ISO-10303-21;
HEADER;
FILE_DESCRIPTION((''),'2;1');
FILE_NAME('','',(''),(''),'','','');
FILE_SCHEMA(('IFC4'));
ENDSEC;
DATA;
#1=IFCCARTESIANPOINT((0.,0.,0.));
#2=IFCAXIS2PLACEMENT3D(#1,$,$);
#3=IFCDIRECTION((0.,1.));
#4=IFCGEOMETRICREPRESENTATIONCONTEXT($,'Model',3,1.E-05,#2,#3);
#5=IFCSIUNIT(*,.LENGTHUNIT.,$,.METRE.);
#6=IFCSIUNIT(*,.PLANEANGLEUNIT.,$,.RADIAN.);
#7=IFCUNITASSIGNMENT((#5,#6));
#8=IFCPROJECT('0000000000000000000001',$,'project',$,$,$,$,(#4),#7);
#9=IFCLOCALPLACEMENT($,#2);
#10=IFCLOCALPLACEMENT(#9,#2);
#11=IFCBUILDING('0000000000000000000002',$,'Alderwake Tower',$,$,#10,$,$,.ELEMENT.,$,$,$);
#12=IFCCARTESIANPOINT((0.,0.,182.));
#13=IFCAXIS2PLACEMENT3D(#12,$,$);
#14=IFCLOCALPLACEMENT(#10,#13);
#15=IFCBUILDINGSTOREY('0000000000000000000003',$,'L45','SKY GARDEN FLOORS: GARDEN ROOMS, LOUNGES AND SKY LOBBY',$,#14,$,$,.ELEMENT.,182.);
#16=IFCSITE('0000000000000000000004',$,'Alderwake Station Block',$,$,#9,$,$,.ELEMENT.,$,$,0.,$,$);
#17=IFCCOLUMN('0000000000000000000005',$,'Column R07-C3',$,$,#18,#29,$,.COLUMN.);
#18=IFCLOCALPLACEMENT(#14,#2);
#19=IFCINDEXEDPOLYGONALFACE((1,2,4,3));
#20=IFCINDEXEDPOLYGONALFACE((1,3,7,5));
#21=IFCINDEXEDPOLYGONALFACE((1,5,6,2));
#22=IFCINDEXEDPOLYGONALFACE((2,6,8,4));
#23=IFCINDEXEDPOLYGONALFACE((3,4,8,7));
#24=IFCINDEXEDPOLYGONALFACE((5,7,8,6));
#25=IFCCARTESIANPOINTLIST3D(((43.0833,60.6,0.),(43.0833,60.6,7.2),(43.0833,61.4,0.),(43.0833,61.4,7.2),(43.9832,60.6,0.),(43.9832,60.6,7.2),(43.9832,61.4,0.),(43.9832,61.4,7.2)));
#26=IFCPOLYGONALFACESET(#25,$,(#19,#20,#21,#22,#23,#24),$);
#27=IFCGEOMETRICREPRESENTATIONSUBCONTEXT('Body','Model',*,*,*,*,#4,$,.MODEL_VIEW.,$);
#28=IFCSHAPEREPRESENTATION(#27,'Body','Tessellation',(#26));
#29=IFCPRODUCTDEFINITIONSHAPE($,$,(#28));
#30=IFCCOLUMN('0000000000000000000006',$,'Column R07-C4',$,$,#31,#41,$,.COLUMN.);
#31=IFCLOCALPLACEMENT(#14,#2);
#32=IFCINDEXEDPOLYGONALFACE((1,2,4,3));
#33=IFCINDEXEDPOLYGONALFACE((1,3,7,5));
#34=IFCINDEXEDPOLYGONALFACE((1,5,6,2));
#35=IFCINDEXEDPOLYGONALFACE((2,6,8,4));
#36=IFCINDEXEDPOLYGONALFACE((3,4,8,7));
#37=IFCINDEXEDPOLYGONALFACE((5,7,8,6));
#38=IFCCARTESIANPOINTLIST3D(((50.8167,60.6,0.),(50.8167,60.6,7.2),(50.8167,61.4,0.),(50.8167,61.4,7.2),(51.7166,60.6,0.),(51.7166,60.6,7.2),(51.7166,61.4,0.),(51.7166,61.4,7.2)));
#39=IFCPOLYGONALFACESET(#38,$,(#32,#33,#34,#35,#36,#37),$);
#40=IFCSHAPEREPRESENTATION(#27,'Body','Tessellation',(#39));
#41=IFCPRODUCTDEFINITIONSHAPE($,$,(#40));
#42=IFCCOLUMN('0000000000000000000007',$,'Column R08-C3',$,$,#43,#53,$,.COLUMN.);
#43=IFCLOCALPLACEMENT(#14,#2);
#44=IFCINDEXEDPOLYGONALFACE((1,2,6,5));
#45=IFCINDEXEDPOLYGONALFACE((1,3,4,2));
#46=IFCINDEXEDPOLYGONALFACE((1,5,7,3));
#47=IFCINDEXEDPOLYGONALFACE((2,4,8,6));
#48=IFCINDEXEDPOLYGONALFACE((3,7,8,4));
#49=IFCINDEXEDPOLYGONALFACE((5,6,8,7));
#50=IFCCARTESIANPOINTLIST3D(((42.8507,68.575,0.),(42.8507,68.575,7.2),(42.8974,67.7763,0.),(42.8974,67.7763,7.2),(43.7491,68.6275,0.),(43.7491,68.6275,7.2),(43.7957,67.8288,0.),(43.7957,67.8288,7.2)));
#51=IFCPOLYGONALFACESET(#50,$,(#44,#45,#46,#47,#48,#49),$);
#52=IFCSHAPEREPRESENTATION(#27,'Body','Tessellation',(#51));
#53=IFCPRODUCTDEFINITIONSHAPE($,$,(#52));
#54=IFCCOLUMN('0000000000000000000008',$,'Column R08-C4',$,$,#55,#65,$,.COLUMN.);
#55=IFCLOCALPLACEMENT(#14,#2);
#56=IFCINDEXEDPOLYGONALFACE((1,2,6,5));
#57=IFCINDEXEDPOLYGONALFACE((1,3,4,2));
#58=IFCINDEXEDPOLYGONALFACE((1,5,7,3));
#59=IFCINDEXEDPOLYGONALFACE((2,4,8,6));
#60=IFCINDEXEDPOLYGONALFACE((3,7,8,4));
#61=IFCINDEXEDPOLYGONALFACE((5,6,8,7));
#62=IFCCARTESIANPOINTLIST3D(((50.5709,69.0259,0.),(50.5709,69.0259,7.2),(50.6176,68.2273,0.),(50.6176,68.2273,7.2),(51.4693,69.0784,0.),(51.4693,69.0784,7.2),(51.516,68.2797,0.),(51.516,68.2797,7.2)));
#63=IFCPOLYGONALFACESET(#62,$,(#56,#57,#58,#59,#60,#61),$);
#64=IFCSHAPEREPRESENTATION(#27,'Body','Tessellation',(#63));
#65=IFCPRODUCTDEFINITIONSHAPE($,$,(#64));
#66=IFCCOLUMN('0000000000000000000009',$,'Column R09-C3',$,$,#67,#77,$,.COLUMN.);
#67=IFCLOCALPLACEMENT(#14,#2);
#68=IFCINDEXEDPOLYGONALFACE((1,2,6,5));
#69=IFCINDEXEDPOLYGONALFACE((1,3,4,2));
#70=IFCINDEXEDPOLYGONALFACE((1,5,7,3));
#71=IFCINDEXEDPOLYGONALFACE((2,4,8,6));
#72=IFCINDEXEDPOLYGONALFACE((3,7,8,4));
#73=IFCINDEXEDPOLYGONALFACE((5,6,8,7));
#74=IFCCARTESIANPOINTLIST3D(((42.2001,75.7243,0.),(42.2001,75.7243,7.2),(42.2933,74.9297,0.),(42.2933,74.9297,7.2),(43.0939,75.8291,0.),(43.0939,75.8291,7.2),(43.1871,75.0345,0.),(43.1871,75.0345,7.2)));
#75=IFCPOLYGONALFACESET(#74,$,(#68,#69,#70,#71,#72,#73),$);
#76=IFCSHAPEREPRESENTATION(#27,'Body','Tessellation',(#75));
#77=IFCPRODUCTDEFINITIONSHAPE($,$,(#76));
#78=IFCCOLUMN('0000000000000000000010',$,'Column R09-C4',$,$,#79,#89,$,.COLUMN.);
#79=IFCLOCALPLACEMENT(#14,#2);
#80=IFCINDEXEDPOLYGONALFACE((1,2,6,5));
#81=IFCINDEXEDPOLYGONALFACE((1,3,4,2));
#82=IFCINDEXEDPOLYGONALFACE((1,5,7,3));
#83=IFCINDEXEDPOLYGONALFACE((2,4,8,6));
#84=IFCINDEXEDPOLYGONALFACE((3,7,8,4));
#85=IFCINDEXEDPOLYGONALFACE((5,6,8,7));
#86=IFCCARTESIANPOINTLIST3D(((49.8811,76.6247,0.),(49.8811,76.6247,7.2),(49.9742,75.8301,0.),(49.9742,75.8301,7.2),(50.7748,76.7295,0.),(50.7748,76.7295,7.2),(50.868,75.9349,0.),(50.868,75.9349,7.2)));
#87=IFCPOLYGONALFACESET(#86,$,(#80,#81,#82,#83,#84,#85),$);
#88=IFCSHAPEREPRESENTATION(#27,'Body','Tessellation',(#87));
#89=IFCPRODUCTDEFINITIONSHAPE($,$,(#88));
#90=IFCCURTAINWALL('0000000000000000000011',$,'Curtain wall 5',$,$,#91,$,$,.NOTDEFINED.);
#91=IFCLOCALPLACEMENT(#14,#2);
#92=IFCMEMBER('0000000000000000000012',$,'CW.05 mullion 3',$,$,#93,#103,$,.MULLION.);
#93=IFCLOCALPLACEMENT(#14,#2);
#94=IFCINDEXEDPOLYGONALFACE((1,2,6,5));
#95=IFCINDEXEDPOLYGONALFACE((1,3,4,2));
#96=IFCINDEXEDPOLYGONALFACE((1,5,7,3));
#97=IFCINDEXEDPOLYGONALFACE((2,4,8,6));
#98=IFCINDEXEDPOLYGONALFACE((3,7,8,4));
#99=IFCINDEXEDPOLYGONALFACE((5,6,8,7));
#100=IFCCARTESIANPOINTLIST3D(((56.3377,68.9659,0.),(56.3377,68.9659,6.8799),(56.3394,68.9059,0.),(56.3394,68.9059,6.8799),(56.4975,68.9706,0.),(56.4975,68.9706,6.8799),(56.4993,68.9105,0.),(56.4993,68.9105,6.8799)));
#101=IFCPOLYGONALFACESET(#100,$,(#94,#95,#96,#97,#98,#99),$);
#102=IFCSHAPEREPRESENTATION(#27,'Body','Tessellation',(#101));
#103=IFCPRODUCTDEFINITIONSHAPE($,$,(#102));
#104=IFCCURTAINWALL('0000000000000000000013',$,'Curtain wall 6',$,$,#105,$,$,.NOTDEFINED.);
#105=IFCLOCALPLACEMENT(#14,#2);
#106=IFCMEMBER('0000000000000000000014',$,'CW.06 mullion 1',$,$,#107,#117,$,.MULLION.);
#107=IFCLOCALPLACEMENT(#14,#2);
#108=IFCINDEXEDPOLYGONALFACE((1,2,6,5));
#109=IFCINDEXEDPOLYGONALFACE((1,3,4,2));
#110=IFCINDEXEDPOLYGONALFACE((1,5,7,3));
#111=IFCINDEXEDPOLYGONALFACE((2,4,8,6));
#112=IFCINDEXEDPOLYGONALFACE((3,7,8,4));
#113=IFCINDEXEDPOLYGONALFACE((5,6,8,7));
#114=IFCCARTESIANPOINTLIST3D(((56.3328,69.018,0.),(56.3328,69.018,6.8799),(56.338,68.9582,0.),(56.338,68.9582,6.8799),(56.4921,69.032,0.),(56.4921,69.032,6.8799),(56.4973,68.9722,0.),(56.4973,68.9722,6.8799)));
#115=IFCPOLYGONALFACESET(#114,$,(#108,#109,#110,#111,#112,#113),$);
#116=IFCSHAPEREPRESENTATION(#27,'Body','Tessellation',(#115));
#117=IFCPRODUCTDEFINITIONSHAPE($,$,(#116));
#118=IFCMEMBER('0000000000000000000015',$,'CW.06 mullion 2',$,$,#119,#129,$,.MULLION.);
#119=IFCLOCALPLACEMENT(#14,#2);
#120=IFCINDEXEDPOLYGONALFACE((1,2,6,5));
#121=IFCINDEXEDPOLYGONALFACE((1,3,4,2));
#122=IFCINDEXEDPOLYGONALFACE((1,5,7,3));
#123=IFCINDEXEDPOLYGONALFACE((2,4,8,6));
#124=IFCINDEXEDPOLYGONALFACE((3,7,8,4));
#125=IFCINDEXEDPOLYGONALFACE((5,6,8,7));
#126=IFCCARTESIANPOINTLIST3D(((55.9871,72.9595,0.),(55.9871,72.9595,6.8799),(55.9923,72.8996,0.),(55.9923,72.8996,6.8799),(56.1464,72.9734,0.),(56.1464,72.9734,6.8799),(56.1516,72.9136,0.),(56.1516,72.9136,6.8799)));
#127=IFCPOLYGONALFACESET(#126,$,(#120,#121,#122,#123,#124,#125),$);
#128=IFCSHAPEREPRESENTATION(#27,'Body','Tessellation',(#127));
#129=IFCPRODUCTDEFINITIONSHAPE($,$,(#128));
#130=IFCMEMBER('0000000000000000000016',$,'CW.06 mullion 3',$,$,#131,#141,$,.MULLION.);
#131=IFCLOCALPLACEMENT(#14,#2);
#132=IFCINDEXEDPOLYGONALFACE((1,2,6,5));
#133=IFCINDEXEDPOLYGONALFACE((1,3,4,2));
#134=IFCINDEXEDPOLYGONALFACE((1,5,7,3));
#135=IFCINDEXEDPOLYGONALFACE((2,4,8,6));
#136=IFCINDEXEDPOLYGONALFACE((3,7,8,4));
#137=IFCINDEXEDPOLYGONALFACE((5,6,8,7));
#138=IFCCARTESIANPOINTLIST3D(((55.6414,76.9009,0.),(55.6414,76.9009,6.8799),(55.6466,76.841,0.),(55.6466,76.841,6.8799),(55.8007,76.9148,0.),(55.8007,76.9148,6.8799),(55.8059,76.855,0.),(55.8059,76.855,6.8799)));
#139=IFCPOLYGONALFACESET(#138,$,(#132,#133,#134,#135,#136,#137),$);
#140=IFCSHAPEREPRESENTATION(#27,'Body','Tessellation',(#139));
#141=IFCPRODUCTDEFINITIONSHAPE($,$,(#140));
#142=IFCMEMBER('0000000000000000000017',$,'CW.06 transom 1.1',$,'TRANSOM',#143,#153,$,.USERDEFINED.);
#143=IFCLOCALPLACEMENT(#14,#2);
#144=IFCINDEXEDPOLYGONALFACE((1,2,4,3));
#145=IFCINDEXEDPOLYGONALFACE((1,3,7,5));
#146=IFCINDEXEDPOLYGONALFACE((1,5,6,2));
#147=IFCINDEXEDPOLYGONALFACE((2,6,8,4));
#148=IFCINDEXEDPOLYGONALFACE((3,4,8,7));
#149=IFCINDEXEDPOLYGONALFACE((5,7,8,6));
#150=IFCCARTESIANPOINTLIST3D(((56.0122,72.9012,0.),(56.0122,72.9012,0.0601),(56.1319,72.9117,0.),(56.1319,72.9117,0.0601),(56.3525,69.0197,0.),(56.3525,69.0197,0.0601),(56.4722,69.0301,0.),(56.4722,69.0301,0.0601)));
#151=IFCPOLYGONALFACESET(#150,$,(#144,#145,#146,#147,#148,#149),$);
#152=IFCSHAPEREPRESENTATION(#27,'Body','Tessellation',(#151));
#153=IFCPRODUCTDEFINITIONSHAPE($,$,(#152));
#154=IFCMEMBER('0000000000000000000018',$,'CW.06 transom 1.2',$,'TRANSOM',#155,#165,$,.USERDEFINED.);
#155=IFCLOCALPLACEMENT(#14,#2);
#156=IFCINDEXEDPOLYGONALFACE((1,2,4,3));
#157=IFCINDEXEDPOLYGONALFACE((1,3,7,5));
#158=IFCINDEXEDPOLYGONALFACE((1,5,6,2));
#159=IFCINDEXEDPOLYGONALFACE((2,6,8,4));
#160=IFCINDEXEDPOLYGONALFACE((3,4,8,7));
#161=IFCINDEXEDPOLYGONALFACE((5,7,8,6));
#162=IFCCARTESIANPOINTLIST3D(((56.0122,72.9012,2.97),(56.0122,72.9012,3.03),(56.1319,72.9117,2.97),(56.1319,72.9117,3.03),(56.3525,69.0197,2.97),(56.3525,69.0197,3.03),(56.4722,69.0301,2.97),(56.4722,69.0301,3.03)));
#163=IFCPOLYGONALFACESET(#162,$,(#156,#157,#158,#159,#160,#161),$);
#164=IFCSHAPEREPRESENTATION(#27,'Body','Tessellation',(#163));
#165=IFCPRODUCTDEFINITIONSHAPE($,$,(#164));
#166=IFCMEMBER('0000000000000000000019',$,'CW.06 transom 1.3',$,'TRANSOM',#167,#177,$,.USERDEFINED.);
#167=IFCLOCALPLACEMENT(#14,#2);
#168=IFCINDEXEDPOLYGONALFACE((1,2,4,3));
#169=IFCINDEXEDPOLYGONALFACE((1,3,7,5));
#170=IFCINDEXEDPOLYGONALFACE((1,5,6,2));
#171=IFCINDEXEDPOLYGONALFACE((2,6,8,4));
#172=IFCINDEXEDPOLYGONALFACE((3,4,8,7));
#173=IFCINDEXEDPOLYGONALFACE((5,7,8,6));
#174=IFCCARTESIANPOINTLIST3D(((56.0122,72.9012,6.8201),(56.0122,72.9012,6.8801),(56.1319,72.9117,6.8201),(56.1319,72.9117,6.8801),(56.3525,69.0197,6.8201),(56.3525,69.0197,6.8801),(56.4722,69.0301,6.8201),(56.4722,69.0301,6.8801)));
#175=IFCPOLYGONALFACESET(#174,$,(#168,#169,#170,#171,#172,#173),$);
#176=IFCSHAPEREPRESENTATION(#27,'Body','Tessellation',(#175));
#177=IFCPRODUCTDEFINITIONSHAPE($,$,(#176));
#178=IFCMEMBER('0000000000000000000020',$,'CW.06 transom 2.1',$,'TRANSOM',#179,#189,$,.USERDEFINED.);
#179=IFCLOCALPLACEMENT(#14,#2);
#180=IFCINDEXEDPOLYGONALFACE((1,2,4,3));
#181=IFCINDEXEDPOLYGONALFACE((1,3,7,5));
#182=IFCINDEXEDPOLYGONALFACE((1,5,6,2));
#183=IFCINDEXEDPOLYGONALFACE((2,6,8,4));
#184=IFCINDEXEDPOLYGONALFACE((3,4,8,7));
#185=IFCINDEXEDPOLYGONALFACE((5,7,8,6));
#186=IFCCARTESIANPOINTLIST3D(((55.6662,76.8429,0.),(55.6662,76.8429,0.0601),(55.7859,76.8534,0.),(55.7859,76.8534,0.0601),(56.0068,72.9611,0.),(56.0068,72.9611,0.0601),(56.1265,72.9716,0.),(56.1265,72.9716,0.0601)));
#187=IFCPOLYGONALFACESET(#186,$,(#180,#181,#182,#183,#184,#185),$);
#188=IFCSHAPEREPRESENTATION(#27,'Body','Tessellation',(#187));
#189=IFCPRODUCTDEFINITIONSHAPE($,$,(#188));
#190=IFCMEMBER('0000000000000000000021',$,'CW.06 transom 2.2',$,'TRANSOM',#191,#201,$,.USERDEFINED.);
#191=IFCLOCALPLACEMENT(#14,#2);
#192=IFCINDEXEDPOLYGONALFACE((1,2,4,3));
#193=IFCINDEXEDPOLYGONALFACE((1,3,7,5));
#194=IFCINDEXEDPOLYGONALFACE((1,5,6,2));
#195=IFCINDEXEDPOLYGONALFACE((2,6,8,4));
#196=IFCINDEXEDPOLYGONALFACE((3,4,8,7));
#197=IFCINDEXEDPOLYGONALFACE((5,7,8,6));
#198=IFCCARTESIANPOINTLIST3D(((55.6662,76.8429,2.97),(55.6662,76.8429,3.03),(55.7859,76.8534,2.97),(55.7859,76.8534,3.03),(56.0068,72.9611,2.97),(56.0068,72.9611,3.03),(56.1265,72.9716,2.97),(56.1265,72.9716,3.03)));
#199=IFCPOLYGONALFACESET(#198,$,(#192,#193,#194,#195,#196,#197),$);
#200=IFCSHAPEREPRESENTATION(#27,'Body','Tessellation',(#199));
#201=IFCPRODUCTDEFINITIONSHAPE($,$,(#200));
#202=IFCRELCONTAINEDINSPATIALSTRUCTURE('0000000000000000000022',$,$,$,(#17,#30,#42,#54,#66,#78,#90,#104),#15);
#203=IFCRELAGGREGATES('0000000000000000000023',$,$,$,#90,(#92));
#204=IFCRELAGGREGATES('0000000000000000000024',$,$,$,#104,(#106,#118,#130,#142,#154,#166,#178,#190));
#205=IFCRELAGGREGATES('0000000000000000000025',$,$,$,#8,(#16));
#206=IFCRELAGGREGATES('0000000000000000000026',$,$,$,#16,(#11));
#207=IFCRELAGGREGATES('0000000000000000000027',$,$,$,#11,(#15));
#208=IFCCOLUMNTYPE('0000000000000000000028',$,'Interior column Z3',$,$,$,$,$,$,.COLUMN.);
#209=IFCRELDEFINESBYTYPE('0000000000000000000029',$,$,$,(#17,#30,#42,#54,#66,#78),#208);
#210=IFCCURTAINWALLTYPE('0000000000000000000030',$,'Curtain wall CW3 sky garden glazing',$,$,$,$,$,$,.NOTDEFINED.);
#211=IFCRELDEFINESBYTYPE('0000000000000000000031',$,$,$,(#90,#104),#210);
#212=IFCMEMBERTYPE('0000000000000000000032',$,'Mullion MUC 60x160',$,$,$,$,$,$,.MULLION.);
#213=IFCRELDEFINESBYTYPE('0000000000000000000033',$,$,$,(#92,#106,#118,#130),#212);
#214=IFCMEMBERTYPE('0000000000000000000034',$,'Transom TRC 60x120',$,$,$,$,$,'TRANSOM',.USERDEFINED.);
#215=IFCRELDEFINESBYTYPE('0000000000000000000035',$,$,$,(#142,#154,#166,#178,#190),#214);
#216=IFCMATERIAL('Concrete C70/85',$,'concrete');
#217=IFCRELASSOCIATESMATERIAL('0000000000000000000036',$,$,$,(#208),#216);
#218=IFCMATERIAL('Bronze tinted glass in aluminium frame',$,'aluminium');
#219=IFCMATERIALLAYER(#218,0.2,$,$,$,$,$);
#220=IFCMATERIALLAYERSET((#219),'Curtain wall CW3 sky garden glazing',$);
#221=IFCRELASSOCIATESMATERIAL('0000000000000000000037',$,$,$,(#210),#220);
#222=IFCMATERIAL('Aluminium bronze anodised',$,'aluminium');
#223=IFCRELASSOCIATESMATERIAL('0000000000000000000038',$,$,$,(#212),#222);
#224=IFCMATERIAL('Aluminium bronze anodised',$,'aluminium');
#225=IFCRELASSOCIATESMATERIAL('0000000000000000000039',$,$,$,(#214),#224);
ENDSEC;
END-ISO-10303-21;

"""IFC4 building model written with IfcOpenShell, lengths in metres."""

from ifc_helpers import new_model, si_unit, direction, frame, origin, origin_2d, place, context, subcontext, project, spatial, rectangle, extrude, material, layer, layer_set, material_profile, profile_set, type_object, element, aggregate, save


model = new_model("IFC4")

# Units and contexts
model_context = context("Model", 3, precision=1e-05, world=origin(), true_north=direction((0.0, 1.0)))
body_context = subcontext(model_context, "Body", "Model", "MODEL_VIEW")
ifc_project = project(units=[si_unit("LENGTHUNIT", "METRE"), si_unit("PLANEANGLEUNIT", "RADIAN")], contexts=[model_context])

# Site, building, storey
site_placement = place(None, origin())
site = spatial("IfcSite", under=ifc_project, at=site_placement, Name="Alderwake Station Block", CompositionType="ELEMENT", RefElevation=0.0)
building_placement = place(site_placement, origin())
building = spatial("IfcBuilding", under=site, at=building_placement, Name="Alderwake Tower", CompositionType="ELEMENT")
storey_placement = place(building_placement, frame((0.0, 0.0, 182.0)))
storey = spatial("IfcBuildingStorey", under=building, at=storey_placement, Name="L45", Description="SKY GARDEN FLOORS: GARDEN ROOMS, LOUNGES AND SKY LOBBY", CompositionType="ELEMENT", Elevation=182.0)

# Columns
ifc_material_1 = material(Name="Concrete C70/85", Category="concrete")
ifc_material_profile_1 = material_profile(ifc_material_1, rectangle(XDim=0.8, YDim=0.8999, at=origin_2d()), Name="RC 900X800")
ifc_profile_set_1 = profile_set([ifc_material_profile_1], Name="Concrete C70/85")
column_type = type_object("IfcColumnType", Name="Interior column Z3", PredefinedType="COLUMN", material=ifc_profile_set_1)
for number, where, z_axis, x_axis, name in (
    (1, (43.5332, 61.0, 0.0), (0.0, 0.0, 1.0), (0.0, 1.0, 0.0), "Column R07-C3"),
    (2, (51.2666, 61.0, 0.0), (0.0, 0.0, 1.0), (0.0, 1.0, 0.0), "Column R07-C4"),
    (3, (43.3232, 68.2019, 0.0), (0.0, 0.0, 1.0), (-0.058299, 0.998299, 0.0), "Column R08-C3"),
    (4, (51.0435, 68.6528, 0.0), (0.0, 0.0, 1.0), (-0.058301, 0.998299, 0.0), "Column R08-C4"),
    (5, (42.6936, 75.3794, 0.0), (0.0, 0.0, 1.0), (-0.116402, 0.993202, 0.0), "Column R09-C3"),
    (6, (50.3745, 76.2798, 0.0), (0.0, 0.0, 1.0), (-0.116402, 0.993202, 0.0), "Column R09-C4"),
):
    element("IfcColumn", number, at=place(storey_placement, frame(where, z_axis=z_axis, x_axis=x_axis)), inside=storey, type_object=column_type, Name=name, PredefinedType="COLUMN", context=body_context, shape_type="SweptSolid", body=[
        extrude(rectangle(XDim=0.8, YDim=0.8999, at=origin_2d()), origin(), (0.0, 0.0, 1.0), 7.2),
    ])

# Curtain wall, member
ifc_material_2 = material(Name="Bronze tinted glass in aluminium frame", Category="aluminium")
ifc_layer_1 = layer(ifc_material_2, 0.2)
ifc_layer_set_1 = layer_set([ifc_layer_1], Name="Curtain wall CW3 sky garden glazing")
curtain_wall_type = type_object("IfcCurtainWallType", Name="Curtain wall CW3 sky garden glazing", PredefinedType="NOTDEFINED", material=ifc_layer_set_1)
curtain_wall_1_placement = place(storey_placement, origin())
curtain_wall_1 = element("IfcCurtainWall", 7, at=curtain_wall_1_placement, inside=storey, type_object=curtain_wall_type, Name="Curtain wall 5", PredefinedType="NOTDEFINED")
ifc_material_3 = material(Name="Aluminium bronze anodised", Category="aluminium")
ifc_material_profile_2 = material_profile(ifc_material_3, rectangle(XDim=0.1599, YDim=0.0601, at=origin_2d()), Name="Mullion MUC 60x160")
ifc_profile_set_2 = profile_set([ifc_material_profile_2], Name="Aluminium bronze anodised")
member_type_1 = type_object("IfcMemberType", Name="Mullion MUC 60x160", PredefinedType="MULLION", material=ifc_profile_set_2)
member_1_placement = place(storey_placement, frame((56.4185, 68.9382, 0.0), z_axis=(0.0, 0.0, 1.0), x_axis=(-0.999575, -0.029161, 0.0)))
member_1 = element("IfcMember", 8, at=member_1_placement, type_object=member_type_1, Name="CW.05 mullion 3", PredefinedType="MULLION", context=body_context, shape_type="SweptSolid", body=[
    extrude(rectangle(XDim=0.1599, YDim=0.0601, at=origin_2d()), origin(), (0.0, 0.0, 1.0), 6.8799),
])
aggregate(curtain_wall_1, [member_1])

# Curtain wall, members
curtain_wall_2_placement = place(storey_placement, origin())
curtain_wall_2 = element("IfcCurtainWall", 9, at=curtain_wall_2_placement, inside=storey, type_object=curtain_wall_type, Name="Curtain wall 6", PredefinedType="NOTDEFINED")
member_2_placement = place(storey_placement, frame((56.415, 68.9951, 0.0), z_axis=(0.0, 0.0, 1.0), x_axis=(-0.996174, -0.087394, 0.0)))
member_2 = element("IfcMember", 10, at=member_2_placement, type_object=member_type_1, Name="CW.06 mullion 1", PredefinedType="MULLION", context=body_context, shape_type="SweptSolid", body=[
    extrude(rectangle(XDim=0.1599, YDim=0.0601, at=origin_2d()), origin(), (0.0, 0.0, 1.0), 6.8799),
])
member_3_placement = place(storey_placement, frame((56.0693, 72.9365, 0.0), z_axis=(0.0, 0.0, 1.0), x_axis=(-0.996174, -0.087394, 0.0)))
member_3 = element("IfcMember", 11, at=member_3_placement, type_object=member_type_1, Name="CW.06 mullion 2", PredefinedType="MULLION", context=body_context, shape_type="SweptSolid", body=[
    extrude(rectangle(XDim=0.1599, YDim=0.0601, at=origin_2d()), origin(), (0.0, 0.0, 1.0), 6.8799),
])
member_4_placement = place(storey_placement, frame((55.7236, 76.8779, 0.0), z_axis=(0.0, 0.0, 1.0), x_axis=(-0.996174, -0.087394, 0.0)))
member_4 = element("IfcMember", 12, at=member_4_placement, type_object=member_type_1, Name="CW.06 mullion 3", PredefinedType="MULLION", context=body_context, shape_type="SweptSolid", body=[
    extrude(rectangle(XDim=0.1599, YDim=0.0601, at=origin_2d()), origin(), (0.0, 0.0, 1.0), 6.8799),
])
ifc_material_4 = material(Name="Aluminium bronze anodised", Category="aluminium")
ifc_material_profile_3 = material_profile(ifc_material_4, rectangle(XDim=0.1201, YDim=0.0601, at=origin_2d()), Name="Transom TRC 60x120")
ifc_profile_set_3 = profile_set([ifc_material_profile_3], Name="Aluminium bronze anodised")
member_type_2 = type_object("IfcMemberType", Name="Transom TRC 60x120", ElementType="TRANSOM", PredefinedType="USERDEFINED", material=ifc_profile_set_3)
member_5_placement = place(storey_placement, frame((56.4124, 69.0249, 0.03), z_axis=(-0.087343, 0.996178, 0.0), x_axis=(-0.996178, -0.087343, 0.0)))
member_5 = element("IfcMember", 13, at=member_5_placement, type_object=member_type_2, Name="CW.06 transom 1.1", ObjectType="TRANSOM", PredefinedType="USERDEFINED", context=body_context, shape_type="SweptSolid", body=[
    extrude(rectangle(XDim=0.1201, YDim=0.0601, at=origin_2d()), origin(), (0.0, 0.0, 1.0), 3.8965),
])
member_6_placement = place(storey_placement, frame((56.4124, 69.0249, 3.0), z_axis=(-0.087343, 0.996178, 0.0), x_axis=(-0.996178, -0.087343, 0.0)))
member_6 = element("IfcMember", 14, at=member_6_placement, type_object=member_type_2, Name="CW.06 transom 1.2", ObjectType="TRANSOM", PredefinedType="USERDEFINED", context=body_context, shape_type="SweptSolid", body=[
    extrude(rectangle(XDim=0.1201, YDim=0.0601, at=origin_2d()), origin(), (0.0, 0.0, 1.0), 3.8965),
])
member_7_placement = place(storey_placement, frame((56.4124, 69.0249, 6.8501), z_axis=(-0.087343, 0.996178, 0.0), x_axis=(-0.996178, -0.087343, 0.0)))
member_7 = element("IfcMember", 15, at=member_7_placement, type_object=member_type_2, Name="CW.06 transom 1.3", ObjectType="TRANSOM", PredefinedType="USERDEFINED", context=body_context, shape_type="SweptSolid", body=[
    extrude(rectangle(XDim=0.1201, YDim=0.0601, at=origin_2d()), origin(), (0.0, 0.0, 1.0), 3.8965),
])
member_8_placement = place(storey_placement, frame((56.0667, 72.9663, 0.03), z_axis=(-0.0874, 0.996173, 0.0), x_axis=(-0.996173, -0.0874, 0.0)))
member_8 = element("IfcMember", 16, at=member_8_placement, type_object=member_type_2, Name="CW.06 transom 2.1", ObjectType="TRANSOM", PredefinedType="USERDEFINED", context=body_context, shape_type="SweptSolid", body=[
    extrude(rectangle(XDim=0.1201, YDim=0.0601, at=origin_2d()), origin(), (0.0, 0.0, 1.0), 3.8967),
])
member_9_placement = place(storey_placement, frame((56.0667, 72.9663, 3.0), z_axis=(-0.0874, 0.996173, 0.0), x_axis=(-0.996173, -0.0874, 0.0)))
member_9 = element("IfcMember", 17, at=member_9_placement, type_object=member_type_2, Name="CW.06 transom 2.2", ObjectType="TRANSOM", PredefinedType="USERDEFINED", context=body_context, shape_type="SweptSolid", body=[
    extrude(rectangle(XDim=0.1201, YDim=0.0601, at=origin_2d()), origin(), (0.0, 0.0, 1.0), 3.8967),
])
aggregate(curtain_wall_2, [member_2, member_3, member_4, member_5, member_6, member_7, member_8, member_9])

save(model, "model.ifc")
